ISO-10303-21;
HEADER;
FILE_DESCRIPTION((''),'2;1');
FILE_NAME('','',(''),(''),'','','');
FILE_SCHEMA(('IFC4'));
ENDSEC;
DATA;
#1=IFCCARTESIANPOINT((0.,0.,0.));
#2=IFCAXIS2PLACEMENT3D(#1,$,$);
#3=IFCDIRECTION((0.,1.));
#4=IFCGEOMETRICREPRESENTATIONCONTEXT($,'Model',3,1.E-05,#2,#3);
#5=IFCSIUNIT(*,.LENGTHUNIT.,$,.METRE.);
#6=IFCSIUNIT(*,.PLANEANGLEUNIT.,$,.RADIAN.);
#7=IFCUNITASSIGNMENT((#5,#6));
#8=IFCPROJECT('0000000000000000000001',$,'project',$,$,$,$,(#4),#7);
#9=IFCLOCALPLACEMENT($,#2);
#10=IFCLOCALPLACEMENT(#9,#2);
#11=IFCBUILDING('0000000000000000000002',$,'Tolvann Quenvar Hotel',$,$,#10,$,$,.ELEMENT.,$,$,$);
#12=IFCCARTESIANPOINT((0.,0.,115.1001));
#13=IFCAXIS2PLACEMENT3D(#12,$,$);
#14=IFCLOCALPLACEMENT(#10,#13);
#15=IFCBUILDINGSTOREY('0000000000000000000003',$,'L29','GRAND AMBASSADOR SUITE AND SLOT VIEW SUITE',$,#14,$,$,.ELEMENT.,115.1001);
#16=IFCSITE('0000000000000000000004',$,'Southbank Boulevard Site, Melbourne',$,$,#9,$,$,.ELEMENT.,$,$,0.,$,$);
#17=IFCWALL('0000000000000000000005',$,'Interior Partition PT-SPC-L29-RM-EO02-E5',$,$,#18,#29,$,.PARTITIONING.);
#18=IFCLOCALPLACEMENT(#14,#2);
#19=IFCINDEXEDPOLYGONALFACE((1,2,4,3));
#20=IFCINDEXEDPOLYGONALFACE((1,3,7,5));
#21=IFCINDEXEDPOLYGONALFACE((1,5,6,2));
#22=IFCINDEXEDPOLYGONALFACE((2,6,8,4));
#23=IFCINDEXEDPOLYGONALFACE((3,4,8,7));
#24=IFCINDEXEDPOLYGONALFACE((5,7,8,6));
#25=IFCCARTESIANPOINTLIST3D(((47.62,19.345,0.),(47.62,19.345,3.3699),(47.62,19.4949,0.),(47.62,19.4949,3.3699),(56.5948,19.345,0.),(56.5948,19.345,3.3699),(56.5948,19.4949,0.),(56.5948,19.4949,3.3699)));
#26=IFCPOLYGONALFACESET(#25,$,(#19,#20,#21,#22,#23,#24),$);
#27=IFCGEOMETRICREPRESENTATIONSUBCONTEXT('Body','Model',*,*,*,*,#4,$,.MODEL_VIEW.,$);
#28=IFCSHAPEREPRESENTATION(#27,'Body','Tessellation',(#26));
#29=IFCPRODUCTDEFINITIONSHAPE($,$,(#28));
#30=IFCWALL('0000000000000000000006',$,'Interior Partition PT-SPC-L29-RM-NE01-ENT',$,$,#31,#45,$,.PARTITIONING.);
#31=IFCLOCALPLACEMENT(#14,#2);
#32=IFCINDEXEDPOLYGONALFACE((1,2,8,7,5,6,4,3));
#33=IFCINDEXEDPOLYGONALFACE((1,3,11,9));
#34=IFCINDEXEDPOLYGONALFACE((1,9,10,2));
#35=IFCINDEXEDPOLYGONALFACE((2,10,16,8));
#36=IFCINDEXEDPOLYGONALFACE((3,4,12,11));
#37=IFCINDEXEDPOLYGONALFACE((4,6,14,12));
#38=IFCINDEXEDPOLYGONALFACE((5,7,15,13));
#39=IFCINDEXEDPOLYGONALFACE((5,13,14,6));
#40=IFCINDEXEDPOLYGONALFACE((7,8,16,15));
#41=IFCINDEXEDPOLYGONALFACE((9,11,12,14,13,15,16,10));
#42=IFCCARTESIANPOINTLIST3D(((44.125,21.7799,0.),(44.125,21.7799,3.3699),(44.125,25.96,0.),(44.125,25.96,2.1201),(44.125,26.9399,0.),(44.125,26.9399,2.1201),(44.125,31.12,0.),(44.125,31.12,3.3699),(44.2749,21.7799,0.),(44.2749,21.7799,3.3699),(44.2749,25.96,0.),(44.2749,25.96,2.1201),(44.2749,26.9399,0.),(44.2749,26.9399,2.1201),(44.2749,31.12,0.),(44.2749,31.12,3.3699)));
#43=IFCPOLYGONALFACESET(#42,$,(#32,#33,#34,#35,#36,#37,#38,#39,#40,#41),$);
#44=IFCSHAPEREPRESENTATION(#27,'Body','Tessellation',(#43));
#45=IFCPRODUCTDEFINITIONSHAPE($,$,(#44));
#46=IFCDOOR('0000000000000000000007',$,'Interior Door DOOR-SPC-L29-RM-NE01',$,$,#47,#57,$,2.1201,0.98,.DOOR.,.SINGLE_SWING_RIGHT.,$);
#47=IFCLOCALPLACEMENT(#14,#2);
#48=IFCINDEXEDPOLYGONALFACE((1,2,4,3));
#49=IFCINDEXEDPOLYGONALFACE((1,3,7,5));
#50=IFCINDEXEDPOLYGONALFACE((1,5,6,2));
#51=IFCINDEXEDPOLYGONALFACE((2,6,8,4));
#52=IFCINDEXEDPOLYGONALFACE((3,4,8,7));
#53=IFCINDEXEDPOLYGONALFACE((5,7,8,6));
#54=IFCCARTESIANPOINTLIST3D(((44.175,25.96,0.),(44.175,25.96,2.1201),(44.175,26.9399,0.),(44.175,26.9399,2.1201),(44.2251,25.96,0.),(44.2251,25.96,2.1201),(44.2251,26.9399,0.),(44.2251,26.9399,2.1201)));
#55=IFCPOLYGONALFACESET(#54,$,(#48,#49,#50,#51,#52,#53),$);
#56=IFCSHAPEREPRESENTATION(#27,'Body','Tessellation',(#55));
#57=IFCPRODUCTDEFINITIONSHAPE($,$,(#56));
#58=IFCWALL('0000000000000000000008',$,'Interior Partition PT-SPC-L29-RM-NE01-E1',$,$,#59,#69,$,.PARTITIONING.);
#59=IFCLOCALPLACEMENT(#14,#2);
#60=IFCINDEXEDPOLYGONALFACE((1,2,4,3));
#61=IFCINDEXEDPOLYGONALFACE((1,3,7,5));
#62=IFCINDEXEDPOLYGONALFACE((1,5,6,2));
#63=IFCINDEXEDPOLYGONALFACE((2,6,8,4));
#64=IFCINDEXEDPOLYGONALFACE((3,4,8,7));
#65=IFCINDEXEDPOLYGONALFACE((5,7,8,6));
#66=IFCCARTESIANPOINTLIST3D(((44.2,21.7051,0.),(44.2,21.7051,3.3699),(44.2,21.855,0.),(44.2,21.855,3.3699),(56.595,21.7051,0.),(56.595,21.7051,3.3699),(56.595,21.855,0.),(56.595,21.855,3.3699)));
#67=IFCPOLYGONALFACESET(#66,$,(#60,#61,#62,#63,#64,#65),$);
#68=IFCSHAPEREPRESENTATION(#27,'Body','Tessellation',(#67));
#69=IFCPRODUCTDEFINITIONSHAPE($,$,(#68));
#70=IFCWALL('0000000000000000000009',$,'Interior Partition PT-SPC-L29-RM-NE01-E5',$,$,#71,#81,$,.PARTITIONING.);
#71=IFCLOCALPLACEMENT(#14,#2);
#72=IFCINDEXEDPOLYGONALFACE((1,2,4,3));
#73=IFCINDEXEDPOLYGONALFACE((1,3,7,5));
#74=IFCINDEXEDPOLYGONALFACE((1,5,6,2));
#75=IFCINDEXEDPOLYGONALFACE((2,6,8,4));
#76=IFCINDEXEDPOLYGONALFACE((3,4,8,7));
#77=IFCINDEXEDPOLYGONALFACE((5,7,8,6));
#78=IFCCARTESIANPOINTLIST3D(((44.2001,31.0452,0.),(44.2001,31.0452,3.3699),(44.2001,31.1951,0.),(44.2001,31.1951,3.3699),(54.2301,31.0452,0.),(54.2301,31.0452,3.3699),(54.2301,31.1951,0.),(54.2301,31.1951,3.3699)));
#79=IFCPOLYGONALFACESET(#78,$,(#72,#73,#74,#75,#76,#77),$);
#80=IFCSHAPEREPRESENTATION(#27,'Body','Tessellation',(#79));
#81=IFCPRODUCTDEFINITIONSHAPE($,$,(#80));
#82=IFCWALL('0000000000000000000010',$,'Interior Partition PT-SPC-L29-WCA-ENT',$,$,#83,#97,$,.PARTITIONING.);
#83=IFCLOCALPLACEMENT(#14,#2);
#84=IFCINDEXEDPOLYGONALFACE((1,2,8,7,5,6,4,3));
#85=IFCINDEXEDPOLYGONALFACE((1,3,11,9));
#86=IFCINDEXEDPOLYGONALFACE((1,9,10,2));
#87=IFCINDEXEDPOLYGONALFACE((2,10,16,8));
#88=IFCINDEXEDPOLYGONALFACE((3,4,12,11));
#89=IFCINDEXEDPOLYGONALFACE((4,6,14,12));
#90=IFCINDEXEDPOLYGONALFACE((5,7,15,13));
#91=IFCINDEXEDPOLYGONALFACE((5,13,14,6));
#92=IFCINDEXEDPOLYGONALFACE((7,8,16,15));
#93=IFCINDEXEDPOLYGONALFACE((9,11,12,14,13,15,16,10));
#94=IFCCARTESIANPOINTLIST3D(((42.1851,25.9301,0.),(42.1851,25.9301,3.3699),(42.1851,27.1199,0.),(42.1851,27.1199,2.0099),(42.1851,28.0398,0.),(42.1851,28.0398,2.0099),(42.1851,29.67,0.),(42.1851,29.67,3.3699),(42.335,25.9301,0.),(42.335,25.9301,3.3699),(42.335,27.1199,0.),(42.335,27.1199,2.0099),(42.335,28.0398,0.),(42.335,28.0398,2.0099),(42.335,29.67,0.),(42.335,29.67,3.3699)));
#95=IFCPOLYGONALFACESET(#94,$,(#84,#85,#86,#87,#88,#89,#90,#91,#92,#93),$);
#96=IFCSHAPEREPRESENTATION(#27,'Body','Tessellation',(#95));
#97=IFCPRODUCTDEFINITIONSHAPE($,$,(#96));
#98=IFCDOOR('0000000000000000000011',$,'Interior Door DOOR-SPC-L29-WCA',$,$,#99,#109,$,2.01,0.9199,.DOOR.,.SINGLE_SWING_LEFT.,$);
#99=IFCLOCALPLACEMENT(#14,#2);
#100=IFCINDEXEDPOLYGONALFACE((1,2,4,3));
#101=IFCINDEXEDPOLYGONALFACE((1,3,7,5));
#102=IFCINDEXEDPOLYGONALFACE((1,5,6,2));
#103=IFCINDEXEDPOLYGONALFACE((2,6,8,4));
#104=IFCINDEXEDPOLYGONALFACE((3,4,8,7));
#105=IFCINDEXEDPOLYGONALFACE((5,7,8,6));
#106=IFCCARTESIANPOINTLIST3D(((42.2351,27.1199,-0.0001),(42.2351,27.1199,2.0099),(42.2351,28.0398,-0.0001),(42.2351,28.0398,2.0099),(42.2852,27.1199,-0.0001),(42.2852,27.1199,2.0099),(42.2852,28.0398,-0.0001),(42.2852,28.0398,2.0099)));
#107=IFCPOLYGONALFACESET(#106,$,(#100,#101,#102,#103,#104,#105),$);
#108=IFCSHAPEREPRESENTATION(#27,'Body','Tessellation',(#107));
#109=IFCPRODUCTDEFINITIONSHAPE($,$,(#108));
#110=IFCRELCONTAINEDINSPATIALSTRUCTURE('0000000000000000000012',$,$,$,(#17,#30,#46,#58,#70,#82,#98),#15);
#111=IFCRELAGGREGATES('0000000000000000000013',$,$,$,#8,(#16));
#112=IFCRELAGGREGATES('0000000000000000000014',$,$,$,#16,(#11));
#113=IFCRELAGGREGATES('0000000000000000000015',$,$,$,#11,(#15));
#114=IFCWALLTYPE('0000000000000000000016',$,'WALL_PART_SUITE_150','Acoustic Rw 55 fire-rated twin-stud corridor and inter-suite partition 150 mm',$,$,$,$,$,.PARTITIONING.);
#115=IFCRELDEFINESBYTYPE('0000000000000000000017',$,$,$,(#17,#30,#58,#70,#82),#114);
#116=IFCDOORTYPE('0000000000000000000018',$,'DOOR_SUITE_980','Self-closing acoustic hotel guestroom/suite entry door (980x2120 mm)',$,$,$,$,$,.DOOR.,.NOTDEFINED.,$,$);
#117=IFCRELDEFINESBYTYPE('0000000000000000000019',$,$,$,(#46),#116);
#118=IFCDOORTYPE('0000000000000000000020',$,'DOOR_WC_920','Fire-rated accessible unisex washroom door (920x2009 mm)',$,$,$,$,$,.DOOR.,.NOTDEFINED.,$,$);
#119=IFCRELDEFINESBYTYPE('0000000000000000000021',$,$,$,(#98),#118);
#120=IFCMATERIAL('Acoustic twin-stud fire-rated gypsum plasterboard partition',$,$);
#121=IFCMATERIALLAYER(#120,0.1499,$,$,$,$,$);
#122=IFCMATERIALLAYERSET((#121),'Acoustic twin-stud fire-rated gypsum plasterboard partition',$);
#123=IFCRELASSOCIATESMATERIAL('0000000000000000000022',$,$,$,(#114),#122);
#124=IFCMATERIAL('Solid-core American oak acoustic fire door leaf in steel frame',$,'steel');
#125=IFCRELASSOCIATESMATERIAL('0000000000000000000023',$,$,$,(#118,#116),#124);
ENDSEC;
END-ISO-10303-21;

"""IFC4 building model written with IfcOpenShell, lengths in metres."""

from ifc_helpers import new_model, si_unit, direction, frame, frame_2d, origin, place, context, subcontext, project, spatial, rectangle, extrude, source, transform, mapped, material, layer, layer_set, type_object, type_shapes, element, fill, save


model = new_model("IFC4")

# Units and contexts
model_context = context("Model", 3, precision=1e-05, world=origin(), true_north=direction((0.0, 1.0)))
body_context = subcontext(model_context, "Body", "Model", "MODEL_VIEW")
ifc_project = project(units=[si_unit("LENGTHUNIT", "METRE"), si_unit("PLANEANGLEUNIT", "RADIAN")], contexts=[model_context])

# Site, building, storey
site_placement = place(None, origin())
site = spatial("IfcSite", under=ifc_project, at=site_placement, Name="Southbank Boulevard Site, Melbourne", CompositionType="ELEMENT", RefElevation=0.0)
building_placement = place(site_placement, origin())
building = spatial("IfcBuilding", under=site, at=building_placement, Name="Tolvann Quenvar Hotel", CompositionType="ELEMENT")
storey_placement = place(building_placement, frame((0.0, 0.0, 115.1001)))
storey = spatial("IfcBuildingStorey", under=building, at=storey_placement, Name="L29", Description="GRAND AMBASSADOR SUITE AND SLOT VIEW SUITE", CompositionType="ELEMENT", Elevation=115.1001)

# Shared definitions
ifc_material_1 = material(Name="Acoustic twin-stud fire-rated gypsum plasterboard partition")
ifc_layer_1 = layer(ifc_material_1, 0.1499)
ifc_layer_set_1 = layer_set([ifc_layer_1], Name="Acoustic twin-stud fire-rated gypsum plasterboard partition")
wall_type_1 = type_object("IfcWallType", Name="WALL_PART_SUITE_150", Description="Acoustic Rw 55 fire-rated twin-stud corridor and inter-suite partition 150 mm", PredefinedType="PARTITIONING", material=ifc_layer_set_1)
ifc_material_2 = material(Name="Solid-core American oak acoustic fire door leaf in steel frame", Category="steel")
door_type_1 = type_object("IfcDoorType", Name="DOOR_WC_920", Description="Fire-rated accessible unisex washroom door (920x2009 mm)", OperationType="NOTDEFINED", PredefinedType="DOOR", material=ifc_material_2)
shared_shape_1 = source(origin(), body_context, "Body", "SweptSolid", [
    extrude(rectangle(XDim=0.9199, YDim=2.01, at=frame_2d((0.46, 1.0049))), frame((0.0, 0.0249, 0.0), z_axis=(0.0, -1.0, 0.0), x_axis=(1.0, 0.0, 0.0)), (0.0, 0.0, 1.0), 0.05),
])
type_shapes(door_type_1, [shared_shape_1])

# Shared definitions
door_type_2 = type_object("IfcDoorType", Name="DOOR_SUITE_980", Description="Self-closing acoustic hotel guestroom/suite entry door (980x2120 mm)", OperationType="NOTDEFINED", PredefinedType="DOOR", material=ifc_material_2)
shared_shape_2 = source(origin(), body_context, "Body", "SweptSolid", [
    extrude(rectangle(XDim=0.98, YDim=2.1201, at=frame_2d((0.49, 1.0601))), frame((0.0, 0.0249, 0.0), z_axis=(0.0, -1.0, 0.0), x_axis=(1.0, 0.0, 0.0)), (0.0, 0.0, 1.0), 0.05),
])
type_shapes(door_type_2, [shared_shape_2])

# Wall
wall_1_placement = place(storey_placement, frame((47.6201, 19.4199, 0.0), z_axis=(0.0, 0.0, 1.0), x_axis=(1.0, 0.0, 0.0)))
element("IfcWall", 1, at=wall_1_placement, inside=storey, type_object=wall_type_1, Name="Interior Partition PT-SPC-L29-RM-EO02-E5", PredefinedType="PARTITIONING", context=body_context, shape_type="SweptSolid", body=[
    extrude(rectangle(XDim=8.9749, YDim=0.1499, at=frame_2d((4.4873, 0.0))), origin(), (0.0, 0.0, 1.0), 3.3699),
])

# Wall, opening, door
wall_2_placement = place(storey_placement, frame((44.2, 21.78, 0.0), z_axis=(0.0, 0.0, 1.0), x_axis=(0.0, 1.0, 0.0)))
wall_2 = element("IfcWall", 2, at=wall_2_placement, inside=storey, type_object=wall_type_1, Name="Interior Partition PT-SPC-L29-RM-NE01-ENT", PredefinedType="PARTITIONING", context=body_context, shape_type="SweptSolid", body=[
    extrude(rectangle(XDim=9.3401, YDim=0.1499, at=frame_2d((4.6699, 0.0))), origin(), (0.0, 0.0, 1.0), 3.3699),
])
opening_1_placement = place(wall_2_placement, frame((4.1799, 0.0, 0.0)))
opening_1 = element("IfcOpeningElement", 3, at=opening_1_placement, cuts=wall_2, PredefinedType="OPENING", context=body_context, shape_type="SweptSolid", body=[
    extrude(rectangle(XDim=0.98, YDim=2.1201, at=frame_2d((0.49, 1.0601))), frame((0.0, 0.085, 0.0), z_axis=(0.0, -1.0, 0.0), x_axis=(1.0, 0.0, 0.0)), (0.0, 0.0, 1.0), 0.1699),
])
door_1_placement = place(opening_1_placement, origin())
door_1 = element("IfcDoor", 4, at=door_1_placement, inside=storey, type_object=door_type_2, Name="Interior Door DOOR-SPC-L29-RM-NE01", OperationType="SINGLE_SWING_RIGHT", OverallHeight=2.1201, OverallWidth=0.98, PredefinedType="DOOR", context=body_context, shape_type="MappedRepresentation", body=[
    mapped(shared_shape_2, transform((0.0, 0.0, 0.0), x_axis=(1.0, 0.0, 0.0), y_axis=(0.0, 1.0, 0.0), z_axis=(0.0, 0.0, 1.0), scale=1.0)),
])
fill(opening_1, door_1)

# Walls
wall_3_placement = place(storey_placement, frame((44.2, 21.78, 0.0), z_axis=(0.0, 0.0, 1.0), x_axis=(1.0, 0.0, 0.0)))
element("IfcWall", 5, at=wall_3_placement, inside=storey, type_object=wall_type_1, Name="Interior Partition PT-SPC-L29-RM-NE01-E1", PredefinedType="PARTITIONING", context=body_context, shape_type="SweptSolid", body=[
    extrude(rectangle(XDim=12.395, YDim=0.1499, at=frame_2d((6.1975, 0.0))), origin(), (0.0, 0.0, 1.0), 3.3699),
])
wall_4_placement = place(storey_placement, frame((44.2, 31.1201, 0.0), z_axis=(0.0, 0.0, 1.0), x_axis=(1.0, 0.0, 0.0)))
element("IfcWall", 6, at=wall_4_placement, inside=storey, type_object=wall_type_1, Name="Interior Partition PT-SPC-L29-RM-NE01-E5", PredefinedType="PARTITIONING", context=body_context, shape_type="SweptSolid", body=[
    extrude(rectangle(XDim=10.03, YDim=0.1499, at=frame_2d((5.0151, 0.0))), origin(), (0.0, 0.0, 1.0), 3.3699),
])

# Wall, opening, door
wall_5_placement = place(storey_placement, frame((42.26, 25.9299, 0.0), z_axis=(0.0, 0.0, 1.0), x_axis=(0.0, 1.0, 0.0)))
wall_5 = element("IfcWall", 7, at=wall_5_placement, inside=storey, type_object=wall_type_1, Name="Interior Partition PT-SPC-L29-WCA-ENT", PredefinedType="PARTITIONING", context=body_context, shape_type="SweptSolid", body=[
    extrude(rectangle(XDim=3.74, YDim=0.1499, at=frame_2d((1.8701, 0.0))), origin(), (0.0, 0.0, 1.0), 3.3699),
])
opening_2_placement = place(wall_5_placement, frame((1.1899, 0.0, 0.0)))
opening_2 = element("IfcOpeningElement", 8, at=opening_2_placement, cuts=wall_5, PredefinedType="OPENING", context=body_context, shape_type="SweptSolid", body=[
    extrude(rectangle(XDim=0.9199, YDim=2.01, at=frame_2d((0.46, 1.0049))), frame((0.0, 0.085, 0.0), z_axis=(0.0, -1.0, 0.0), x_axis=(1.0, 0.0, 0.0)), (0.0, 0.0, 1.0), 0.1699),
])
door_2_placement = place(opening_2_placement, origin())
door_2 = element("IfcDoor", 9, at=door_2_placement, inside=storey, type_object=door_type_1, Name="Interior Door DOOR-SPC-L29-WCA", OperationType="SINGLE_SWING_LEFT", OverallHeight=2.01, OverallWidth=0.9199, PredefinedType="DOOR", context=body_context, shape_type="MappedRepresentation", body=[
    mapped(shared_shape_1, transform((0.0, 0.0, 0.0), x_axis=(1.0, 0.0, 0.0), y_axis=(0.0, 1.0, 0.0), z_axis=(0.0, 0.0, 1.0), scale=1.0)),
])
fill(opening_2, door_2)

save(model, "model.ifc")
